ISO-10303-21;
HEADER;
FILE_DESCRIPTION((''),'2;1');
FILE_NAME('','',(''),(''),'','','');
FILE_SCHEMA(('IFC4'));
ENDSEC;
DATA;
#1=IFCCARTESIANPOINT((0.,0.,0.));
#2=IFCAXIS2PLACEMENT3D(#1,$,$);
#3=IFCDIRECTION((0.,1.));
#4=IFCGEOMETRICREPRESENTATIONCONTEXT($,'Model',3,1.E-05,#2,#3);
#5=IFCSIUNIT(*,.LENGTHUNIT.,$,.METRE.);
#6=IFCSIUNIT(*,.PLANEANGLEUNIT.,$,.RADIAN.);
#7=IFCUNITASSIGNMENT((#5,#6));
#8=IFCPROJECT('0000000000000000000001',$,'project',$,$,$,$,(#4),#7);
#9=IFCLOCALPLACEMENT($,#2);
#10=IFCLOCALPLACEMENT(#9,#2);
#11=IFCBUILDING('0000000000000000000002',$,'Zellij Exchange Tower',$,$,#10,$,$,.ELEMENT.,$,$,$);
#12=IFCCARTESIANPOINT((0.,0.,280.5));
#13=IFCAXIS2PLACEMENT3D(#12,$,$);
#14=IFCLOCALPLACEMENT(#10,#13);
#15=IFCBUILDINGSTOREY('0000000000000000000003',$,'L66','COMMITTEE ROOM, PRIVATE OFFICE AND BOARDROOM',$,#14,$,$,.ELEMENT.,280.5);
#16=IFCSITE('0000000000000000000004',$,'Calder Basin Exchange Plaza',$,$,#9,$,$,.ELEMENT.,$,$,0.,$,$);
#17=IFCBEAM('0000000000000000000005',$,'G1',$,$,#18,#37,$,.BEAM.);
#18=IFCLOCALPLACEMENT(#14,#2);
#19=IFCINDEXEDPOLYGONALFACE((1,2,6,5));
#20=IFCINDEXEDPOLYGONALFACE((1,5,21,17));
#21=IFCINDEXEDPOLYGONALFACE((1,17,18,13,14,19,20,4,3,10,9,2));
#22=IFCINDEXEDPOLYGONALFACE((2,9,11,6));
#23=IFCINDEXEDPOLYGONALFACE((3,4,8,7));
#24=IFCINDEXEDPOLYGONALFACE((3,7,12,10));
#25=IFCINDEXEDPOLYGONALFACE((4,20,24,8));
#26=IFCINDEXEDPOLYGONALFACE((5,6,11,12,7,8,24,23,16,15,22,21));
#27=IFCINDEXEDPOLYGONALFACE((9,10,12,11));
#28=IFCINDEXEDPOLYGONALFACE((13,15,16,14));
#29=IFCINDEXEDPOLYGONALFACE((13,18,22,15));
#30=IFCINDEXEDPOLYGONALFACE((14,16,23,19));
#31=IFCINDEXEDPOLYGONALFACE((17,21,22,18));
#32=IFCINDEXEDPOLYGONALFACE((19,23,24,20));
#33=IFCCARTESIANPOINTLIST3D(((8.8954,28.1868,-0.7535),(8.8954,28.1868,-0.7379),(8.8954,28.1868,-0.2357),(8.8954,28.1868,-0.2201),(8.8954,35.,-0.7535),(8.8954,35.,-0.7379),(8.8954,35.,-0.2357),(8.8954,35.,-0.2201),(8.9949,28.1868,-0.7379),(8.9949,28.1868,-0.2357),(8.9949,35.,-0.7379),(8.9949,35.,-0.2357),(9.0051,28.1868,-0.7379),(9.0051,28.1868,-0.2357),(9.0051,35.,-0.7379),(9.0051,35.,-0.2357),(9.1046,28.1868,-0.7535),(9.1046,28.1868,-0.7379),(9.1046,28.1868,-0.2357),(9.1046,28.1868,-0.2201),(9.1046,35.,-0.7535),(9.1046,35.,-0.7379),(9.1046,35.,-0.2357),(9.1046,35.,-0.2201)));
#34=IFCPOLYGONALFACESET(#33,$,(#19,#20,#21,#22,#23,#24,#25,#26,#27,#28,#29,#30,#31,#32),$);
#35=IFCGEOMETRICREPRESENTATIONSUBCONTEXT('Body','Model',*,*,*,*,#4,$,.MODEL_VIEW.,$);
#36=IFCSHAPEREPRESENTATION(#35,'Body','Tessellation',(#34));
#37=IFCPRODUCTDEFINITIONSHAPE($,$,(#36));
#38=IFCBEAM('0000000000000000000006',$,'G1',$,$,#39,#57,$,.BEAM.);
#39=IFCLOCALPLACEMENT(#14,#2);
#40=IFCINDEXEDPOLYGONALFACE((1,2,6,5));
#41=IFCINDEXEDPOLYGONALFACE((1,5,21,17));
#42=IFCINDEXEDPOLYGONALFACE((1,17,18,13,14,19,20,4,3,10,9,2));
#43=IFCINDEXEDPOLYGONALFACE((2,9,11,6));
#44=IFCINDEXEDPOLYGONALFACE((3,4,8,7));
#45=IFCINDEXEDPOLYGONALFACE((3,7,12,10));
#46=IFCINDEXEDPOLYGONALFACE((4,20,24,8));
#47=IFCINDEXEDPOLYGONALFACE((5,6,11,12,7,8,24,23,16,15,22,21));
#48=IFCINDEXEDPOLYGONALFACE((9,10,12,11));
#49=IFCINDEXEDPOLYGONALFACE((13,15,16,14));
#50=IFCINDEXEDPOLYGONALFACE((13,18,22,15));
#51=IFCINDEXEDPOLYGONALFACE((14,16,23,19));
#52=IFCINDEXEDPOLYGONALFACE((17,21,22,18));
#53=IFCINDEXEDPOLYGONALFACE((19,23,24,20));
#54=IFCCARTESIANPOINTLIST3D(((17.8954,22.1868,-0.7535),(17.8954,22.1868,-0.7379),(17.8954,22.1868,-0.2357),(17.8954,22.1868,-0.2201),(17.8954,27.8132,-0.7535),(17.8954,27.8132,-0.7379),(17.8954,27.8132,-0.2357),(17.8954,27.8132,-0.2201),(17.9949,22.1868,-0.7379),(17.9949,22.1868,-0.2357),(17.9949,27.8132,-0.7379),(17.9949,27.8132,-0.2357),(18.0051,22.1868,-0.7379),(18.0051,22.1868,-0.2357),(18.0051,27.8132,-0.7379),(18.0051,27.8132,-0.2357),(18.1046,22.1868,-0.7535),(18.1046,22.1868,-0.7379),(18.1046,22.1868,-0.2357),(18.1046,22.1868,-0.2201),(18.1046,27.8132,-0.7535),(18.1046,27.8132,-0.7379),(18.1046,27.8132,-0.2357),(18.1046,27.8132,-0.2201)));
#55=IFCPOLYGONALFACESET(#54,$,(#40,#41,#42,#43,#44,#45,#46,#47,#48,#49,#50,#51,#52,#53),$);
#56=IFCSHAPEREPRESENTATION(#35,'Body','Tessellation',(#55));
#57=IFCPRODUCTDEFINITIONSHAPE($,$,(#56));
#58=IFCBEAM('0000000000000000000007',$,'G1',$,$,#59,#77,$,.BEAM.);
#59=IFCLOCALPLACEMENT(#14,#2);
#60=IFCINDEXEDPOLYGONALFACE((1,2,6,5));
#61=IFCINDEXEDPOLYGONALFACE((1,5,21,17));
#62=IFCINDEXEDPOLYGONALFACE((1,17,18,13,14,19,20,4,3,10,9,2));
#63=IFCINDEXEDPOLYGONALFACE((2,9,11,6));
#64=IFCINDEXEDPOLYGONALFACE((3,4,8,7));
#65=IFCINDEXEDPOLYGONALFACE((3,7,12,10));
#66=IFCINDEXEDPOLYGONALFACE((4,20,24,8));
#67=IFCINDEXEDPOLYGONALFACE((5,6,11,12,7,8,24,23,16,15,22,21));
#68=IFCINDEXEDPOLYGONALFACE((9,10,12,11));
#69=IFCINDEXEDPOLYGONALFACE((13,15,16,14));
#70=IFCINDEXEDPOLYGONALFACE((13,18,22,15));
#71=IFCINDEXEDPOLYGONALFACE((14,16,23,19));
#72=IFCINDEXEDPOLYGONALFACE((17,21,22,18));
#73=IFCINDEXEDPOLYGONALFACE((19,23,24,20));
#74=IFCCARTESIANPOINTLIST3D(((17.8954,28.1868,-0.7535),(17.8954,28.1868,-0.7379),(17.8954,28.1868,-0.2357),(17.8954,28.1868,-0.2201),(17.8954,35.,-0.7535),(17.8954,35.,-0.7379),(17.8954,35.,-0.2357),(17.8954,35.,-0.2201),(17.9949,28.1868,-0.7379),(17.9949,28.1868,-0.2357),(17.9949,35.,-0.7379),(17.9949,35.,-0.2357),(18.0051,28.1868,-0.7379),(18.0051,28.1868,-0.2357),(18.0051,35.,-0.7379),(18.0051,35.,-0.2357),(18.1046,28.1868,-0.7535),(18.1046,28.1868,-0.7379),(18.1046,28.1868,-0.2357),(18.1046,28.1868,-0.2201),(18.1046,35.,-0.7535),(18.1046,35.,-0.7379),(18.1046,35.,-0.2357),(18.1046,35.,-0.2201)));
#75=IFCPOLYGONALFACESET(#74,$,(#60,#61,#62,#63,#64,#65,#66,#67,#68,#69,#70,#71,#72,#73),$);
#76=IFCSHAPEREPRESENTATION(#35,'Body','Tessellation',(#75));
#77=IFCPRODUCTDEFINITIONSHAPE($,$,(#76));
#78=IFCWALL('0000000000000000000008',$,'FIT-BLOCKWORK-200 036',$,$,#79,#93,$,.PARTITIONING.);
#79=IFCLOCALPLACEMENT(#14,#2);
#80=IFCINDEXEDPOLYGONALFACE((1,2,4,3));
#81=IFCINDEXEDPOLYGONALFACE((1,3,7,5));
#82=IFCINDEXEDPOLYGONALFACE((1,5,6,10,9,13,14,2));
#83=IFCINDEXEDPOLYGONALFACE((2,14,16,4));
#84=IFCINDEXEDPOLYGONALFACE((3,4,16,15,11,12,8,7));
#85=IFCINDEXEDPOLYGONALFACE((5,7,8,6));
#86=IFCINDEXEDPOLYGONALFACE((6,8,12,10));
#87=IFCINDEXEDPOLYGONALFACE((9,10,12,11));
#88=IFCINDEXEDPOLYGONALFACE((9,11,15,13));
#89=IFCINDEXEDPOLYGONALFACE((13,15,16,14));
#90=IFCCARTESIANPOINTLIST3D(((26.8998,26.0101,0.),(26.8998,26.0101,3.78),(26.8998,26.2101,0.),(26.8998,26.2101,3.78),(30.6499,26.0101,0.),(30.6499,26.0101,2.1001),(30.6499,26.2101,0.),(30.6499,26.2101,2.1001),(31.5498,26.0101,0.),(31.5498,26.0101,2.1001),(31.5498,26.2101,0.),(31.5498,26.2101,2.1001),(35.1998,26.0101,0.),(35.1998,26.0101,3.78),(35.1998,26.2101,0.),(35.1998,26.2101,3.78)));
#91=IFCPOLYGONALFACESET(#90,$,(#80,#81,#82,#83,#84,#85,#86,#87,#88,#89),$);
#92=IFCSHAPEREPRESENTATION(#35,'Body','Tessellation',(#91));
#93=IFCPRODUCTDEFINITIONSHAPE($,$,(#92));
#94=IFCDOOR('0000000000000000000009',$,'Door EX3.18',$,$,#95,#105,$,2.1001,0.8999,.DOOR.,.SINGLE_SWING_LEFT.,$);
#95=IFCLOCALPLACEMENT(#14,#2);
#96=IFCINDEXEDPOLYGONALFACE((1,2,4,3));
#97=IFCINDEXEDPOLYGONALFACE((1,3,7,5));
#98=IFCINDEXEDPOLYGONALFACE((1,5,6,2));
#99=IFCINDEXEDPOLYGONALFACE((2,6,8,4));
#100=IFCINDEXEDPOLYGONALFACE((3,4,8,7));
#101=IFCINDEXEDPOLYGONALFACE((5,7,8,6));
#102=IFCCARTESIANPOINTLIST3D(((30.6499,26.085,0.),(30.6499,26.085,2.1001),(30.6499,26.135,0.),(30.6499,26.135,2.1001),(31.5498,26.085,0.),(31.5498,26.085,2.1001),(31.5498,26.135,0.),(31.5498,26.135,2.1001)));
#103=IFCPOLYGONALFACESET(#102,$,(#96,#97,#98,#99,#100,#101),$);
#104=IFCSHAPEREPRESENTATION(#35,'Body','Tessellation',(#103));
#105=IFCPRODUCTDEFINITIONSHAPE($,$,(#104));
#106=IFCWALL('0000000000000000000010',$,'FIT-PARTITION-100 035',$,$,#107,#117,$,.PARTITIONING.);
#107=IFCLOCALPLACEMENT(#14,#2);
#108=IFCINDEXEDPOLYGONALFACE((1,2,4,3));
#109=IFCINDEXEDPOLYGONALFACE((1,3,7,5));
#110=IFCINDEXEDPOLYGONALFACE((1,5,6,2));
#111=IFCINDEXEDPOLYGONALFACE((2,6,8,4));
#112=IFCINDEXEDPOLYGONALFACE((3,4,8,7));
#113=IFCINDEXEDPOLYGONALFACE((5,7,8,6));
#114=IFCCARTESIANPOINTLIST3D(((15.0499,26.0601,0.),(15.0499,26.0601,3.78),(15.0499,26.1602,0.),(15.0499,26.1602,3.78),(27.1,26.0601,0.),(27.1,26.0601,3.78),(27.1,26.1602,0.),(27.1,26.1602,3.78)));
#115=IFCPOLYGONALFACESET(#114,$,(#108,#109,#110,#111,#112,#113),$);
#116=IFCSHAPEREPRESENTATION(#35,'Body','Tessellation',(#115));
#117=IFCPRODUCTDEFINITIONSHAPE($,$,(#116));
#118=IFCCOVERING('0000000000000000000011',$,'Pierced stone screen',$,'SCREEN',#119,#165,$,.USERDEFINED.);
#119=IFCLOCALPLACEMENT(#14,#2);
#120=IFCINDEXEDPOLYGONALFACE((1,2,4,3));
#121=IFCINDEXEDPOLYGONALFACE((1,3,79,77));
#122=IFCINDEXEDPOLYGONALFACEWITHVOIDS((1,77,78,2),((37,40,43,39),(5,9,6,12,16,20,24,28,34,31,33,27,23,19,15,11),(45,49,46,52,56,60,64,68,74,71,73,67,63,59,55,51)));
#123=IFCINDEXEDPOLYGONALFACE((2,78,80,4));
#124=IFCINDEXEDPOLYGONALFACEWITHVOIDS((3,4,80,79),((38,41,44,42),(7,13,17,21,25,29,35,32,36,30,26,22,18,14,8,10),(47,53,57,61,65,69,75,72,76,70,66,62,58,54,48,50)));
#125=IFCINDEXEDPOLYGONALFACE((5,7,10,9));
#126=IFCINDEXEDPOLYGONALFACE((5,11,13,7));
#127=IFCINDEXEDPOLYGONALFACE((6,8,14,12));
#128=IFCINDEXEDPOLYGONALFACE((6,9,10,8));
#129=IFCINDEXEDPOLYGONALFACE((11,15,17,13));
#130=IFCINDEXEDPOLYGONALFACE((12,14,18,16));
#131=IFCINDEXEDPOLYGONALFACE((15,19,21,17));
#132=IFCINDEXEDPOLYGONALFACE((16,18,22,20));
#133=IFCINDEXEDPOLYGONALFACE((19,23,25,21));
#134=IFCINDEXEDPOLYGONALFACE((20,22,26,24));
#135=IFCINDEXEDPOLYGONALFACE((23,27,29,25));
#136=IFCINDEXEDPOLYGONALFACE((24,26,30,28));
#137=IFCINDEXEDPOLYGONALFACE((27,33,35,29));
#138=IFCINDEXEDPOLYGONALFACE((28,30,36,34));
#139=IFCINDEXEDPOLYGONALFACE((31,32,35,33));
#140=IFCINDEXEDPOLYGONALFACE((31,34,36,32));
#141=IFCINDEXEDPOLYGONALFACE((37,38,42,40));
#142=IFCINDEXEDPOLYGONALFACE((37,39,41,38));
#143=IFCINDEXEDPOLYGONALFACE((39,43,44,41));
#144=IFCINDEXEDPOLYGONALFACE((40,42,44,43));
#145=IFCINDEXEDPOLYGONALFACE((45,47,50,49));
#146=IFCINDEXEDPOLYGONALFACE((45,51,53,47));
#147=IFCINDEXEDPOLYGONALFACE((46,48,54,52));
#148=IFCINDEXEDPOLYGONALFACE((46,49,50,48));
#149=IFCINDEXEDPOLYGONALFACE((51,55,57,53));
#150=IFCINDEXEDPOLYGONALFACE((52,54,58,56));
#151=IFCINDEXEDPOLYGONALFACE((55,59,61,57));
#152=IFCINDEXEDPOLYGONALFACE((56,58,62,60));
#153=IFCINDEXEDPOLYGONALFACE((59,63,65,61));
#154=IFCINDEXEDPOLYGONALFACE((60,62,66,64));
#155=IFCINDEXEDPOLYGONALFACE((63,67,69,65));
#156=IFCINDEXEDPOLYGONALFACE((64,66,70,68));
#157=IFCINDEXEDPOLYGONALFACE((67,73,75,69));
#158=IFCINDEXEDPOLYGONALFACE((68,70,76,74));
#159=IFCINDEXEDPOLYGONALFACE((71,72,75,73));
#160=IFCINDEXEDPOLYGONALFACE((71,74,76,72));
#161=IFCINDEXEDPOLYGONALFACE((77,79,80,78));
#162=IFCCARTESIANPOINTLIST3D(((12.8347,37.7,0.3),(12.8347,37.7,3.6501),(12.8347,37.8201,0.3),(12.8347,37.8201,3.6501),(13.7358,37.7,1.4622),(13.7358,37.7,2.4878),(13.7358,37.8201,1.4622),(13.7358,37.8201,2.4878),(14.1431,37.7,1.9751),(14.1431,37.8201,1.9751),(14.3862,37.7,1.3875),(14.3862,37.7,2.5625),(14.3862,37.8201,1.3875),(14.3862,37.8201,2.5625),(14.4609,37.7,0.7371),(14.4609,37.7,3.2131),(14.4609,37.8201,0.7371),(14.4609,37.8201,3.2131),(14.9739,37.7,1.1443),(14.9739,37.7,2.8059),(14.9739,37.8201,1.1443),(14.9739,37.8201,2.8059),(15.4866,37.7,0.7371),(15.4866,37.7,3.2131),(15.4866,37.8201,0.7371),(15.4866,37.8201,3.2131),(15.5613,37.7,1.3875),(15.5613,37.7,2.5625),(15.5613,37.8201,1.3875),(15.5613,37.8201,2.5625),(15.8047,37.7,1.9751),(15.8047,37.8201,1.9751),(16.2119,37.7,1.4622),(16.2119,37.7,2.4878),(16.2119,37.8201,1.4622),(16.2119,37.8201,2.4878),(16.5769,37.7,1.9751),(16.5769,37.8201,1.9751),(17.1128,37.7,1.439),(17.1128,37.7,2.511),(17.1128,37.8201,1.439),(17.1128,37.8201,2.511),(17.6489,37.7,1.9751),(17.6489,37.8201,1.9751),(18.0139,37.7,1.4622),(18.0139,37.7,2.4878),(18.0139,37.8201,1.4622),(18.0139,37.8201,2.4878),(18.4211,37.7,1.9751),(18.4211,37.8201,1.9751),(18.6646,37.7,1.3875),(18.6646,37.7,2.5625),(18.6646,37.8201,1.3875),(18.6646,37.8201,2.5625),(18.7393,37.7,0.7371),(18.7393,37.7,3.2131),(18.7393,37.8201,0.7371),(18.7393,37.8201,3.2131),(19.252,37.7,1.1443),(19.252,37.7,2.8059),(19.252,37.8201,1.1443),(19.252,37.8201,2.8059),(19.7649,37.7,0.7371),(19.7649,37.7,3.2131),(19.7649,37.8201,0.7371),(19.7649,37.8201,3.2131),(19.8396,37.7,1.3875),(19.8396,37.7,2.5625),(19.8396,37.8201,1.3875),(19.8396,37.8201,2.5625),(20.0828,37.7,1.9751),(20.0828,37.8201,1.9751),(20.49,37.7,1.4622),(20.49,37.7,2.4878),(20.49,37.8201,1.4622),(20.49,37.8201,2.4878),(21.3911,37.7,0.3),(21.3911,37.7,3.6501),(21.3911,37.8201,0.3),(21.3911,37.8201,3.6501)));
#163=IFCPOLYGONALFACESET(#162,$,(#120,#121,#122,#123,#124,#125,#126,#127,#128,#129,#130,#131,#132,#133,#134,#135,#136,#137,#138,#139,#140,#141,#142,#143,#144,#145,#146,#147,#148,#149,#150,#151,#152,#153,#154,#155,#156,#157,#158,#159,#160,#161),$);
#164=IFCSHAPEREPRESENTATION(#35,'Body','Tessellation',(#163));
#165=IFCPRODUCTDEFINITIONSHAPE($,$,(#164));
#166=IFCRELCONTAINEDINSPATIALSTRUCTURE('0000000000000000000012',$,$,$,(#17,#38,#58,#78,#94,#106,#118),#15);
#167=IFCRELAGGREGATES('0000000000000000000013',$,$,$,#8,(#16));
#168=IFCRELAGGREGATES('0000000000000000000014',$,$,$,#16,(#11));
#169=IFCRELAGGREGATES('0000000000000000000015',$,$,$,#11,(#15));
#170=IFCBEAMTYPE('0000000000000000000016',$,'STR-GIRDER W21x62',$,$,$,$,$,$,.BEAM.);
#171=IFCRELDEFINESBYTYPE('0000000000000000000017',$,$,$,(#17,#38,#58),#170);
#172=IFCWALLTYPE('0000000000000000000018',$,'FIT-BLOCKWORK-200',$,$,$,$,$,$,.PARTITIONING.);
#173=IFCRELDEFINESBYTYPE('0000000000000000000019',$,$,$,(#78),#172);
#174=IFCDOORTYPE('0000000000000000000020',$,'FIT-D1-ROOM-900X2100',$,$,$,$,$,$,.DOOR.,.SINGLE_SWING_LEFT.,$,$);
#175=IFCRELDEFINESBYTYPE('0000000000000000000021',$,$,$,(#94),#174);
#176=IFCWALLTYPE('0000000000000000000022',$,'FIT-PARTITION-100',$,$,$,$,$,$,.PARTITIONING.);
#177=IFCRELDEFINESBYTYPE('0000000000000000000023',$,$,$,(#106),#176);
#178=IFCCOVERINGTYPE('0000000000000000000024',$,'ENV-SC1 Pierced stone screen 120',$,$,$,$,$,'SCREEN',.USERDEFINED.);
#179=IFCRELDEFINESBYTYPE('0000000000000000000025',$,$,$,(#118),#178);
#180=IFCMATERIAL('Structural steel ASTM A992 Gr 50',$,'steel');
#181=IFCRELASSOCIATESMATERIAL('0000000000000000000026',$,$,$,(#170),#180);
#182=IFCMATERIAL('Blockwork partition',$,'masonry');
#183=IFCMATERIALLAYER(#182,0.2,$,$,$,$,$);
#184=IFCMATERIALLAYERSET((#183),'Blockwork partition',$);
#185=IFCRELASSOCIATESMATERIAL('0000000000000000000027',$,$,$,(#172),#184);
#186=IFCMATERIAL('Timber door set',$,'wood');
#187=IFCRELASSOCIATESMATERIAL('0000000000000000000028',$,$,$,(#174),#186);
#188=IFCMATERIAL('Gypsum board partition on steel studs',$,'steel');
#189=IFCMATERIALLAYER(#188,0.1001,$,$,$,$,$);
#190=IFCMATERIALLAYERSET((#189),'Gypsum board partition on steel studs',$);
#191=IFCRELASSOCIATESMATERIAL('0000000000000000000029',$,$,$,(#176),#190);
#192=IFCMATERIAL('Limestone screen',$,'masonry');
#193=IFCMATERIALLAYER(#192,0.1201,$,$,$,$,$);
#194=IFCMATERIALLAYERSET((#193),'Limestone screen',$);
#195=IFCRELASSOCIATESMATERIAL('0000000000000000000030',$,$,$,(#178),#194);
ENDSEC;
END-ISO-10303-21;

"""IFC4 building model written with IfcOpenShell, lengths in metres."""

from ifc_helpers import new_model, si_unit, direction, frame, frame_2d, origin, origin_2d, place, context, subcontext, project, spatial, polyline, rectangle, i_section, outline, extrude, material, layer, layer_set, material_profile, profile_set, type_object, element, fill, save


model = new_model("IFC4")

# Units and contexts
model_context = context("Model", 3, precision=1e-05, world=origin(), true_north=direction((0.0, 1.0)))
body_context = subcontext(model_context, "Body", "Model", "MODEL_VIEW")
ifc_project = project(units=[si_unit("LENGTHUNIT", "METRE"), si_unit("PLANEANGLEUNIT", "RADIAN")], contexts=[model_context])

# Site, building, storey
site_placement = place(None, origin())
site = spatial("IfcSite", under=ifc_project, at=site_placement, Name="Calder Basin Exchange Plaza", CompositionType="ELEMENT", RefElevation=0.0)
building_placement = place(site_placement, origin())
building = spatial("IfcBuilding", under=site, at=building_placement, Name="Zellij Exchange Tower", CompositionType="ELEMENT")
storey_placement = place(building_placement, frame((0.0, 0.0, 280.5)))
storey = spatial("IfcBuildingStorey", under=building, at=storey_placement, Name="L66", Description="COMMITTEE ROOM, PRIVATE OFFICE AND BOARDROOM", CompositionType="ELEMENT", Elevation=280.5)

# Shared definitions
ifc_material_1 = material(Name="Structural steel ASTM A992 Gr 50", Category="steel")

# Beams
ifc_material_profile_1 = material_profile(ifc_material_1, i_section(OverallWidth=0.2092, OverallDepth=0.5334, WebThickness=0.0103, FlangeThickness=0.0156, at=origin_2d()), Name="W21x62")
ifc_profile_set_1 = profile_set([ifc_material_profile_1], Name="Structural steel ASTM A992 Gr 50")
beam_type = type_object("IfcBeamType", Name="STR-GIRDER W21x62", PredefinedType="BEAM", material=ifc_profile_set_1)
beam_1_placement = place(storey_placement, frame((9.0, 28.1868, -0.4868), z_axis=(0.0, 1.0, 0.0), x_axis=(-1.0, 0.0, 0.0)))
element("IfcBeam", 1, at=beam_1_placement, inside=storey, type_object=beam_type, Name="G1", PredefinedType="BEAM", context=body_context, shape_type="SweptSolid", body=[
    extrude(i_section(OverallWidth=0.2092, OverallDepth=0.5334, WebThickness=0.0103, FlangeThickness=0.0156, at=origin_2d()), origin(), (0.0, 0.0, 1.0), 6.8132),
])
beam_2_placement = place(storey_placement, frame((18.0, 22.1868, -0.4868), z_axis=(0.0, 1.0, 0.0), x_axis=(-1.0, 0.0, 0.0)))
element("IfcBeam", 2, at=beam_2_placement, inside=storey, type_object=beam_type, Name="G1", PredefinedType="BEAM", context=body_context, shape_type="SweptSolid", body=[
    extrude(i_section(OverallWidth=0.2092, OverallDepth=0.5334, WebThickness=0.0103, FlangeThickness=0.0156, at=origin_2d()), origin(), (0.0, 0.0, 1.0), 5.6265),
])
beam_3_placement = place(storey_placement, frame((18.0, 28.1868, -0.4868), z_axis=(0.0, 1.0, 0.0), x_axis=(-1.0, 0.0, 0.0)))
element("IfcBeam", 3, at=beam_3_placement, inside=storey, type_object=beam_type, Name="G1", PredefinedType="BEAM", context=body_context, shape_type="SweptSolid", body=[
    extrude(i_section(OverallWidth=0.2092, OverallDepth=0.5334, WebThickness=0.0103, FlangeThickness=0.0156, at=origin_2d()), origin(), (0.0, 0.0, 1.0), 6.8132),
])

# Wall, opening, door
ifc_material_2 = material(Name="Blockwork partition", Category="masonry")
ifc_layer_1 = layer(ifc_material_2, 0.2)
ifc_layer_set_1 = layer_set([ifc_layer_1], Name="Blockwork partition")
wall_type_1 = type_object("IfcWallType", Name="FIT-BLOCKWORK-200", PredefinedType="PARTITIONING", material=ifc_layer_set_1)
wall_1_placement = place(storey_placement, frame((26.8999, 26.1101, 0.0), z_axis=(0.0, 0.0, 1.0), x_axis=(1.0, 0.0, 0.0)))
wall_1 = element("IfcWall", 4, at=wall_1_placement, inside=storey, type_object=wall_type_1, Name="FIT-BLOCKWORK-200 036", PredefinedType="PARTITIONING", context=body_context, shape_type="SweptSolid", body=[
    extrude(rectangle(XDim=8.3, YDim=0.2, at=frame_2d((4.1499, 0.0))), origin(), (0.0, 0.0, 1.0), 3.78),
])
opening_placement = place(wall_1_placement, frame((3.75, 0.0, 0.0)))
opening = element("IfcOpeningElement", 5, at=opening_placement, cuts=wall_1, PredefinedType="OPENING", context=body_context, shape_type="SweptSolid", body=[
    extrude(rectangle(XDim=0.8999, YDim=2.1001, at=frame_2d((0.45, 1.05))), frame((0.0, 0.1118, 0.0), z_axis=(0.0, -1.0, 0.0), x_axis=(1.0, 0.0, 0.0)), (0.0, 0.0, 1.0), 0.2239),
])
ifc_material_3 = material(Name="Timber door set", Category="wood")
door_type = type_object("IfcDoorType", Name="FIT-D1-ROOM-900X2100", OperationType="SINGLE_SWING_LEFT", PredefinedType="DOOR", material=ifc_material_3)
door_placement = place(opening_placement, origin())
door = element("IfcDoor", 6, at=door_placement, inside=storey, type_object=door_type, Name="Door EX3.18", OperationType="SINGLE_SWING_LEFT", OverallHeight=2.1001, OverallWidth=0.8999, PredefinedType="DOOR", context=body_context, shape_type="SweptSolid", body=[
    extrude(rectangle(XDim=0.8999, YDim=2.1001, at=frame_2d((0.45, 1.05))), frame((0.0, 0.0249, 0.0), z_axis=(0.0, -1.0, 0.0), x_axis=(1.0, 0.0, 0.0)), (0.0, 0.0, 1.0), 0.05),
])
fill(opening, door)

# Wall
ifc_material_4 = material(Name="Gypsum board partition on steel studs", Category="steel")
ifc_layer_2 = layer(ifc_material_4, 0.1001)
ifc_layer_set_2 = layer_set([ifc_layer_2], Name="Gypsum board partition on steel studs")
wall_type_2 = type_object("IfcWallType", Name="FIT-PARTITION-100", PredefinedType="PARTITIONING", material=ifc_layer_set_2)
wall_2_placement = place(storey_placement, frame((15.05, 26.1101, 0.0), z_axis=(0.0, 0.0, 1.0), x_axis=(1.0, 0.0, 0.0)))
element("IfcWall", 7, at=wall_2_placement, inside=storey, type_object=wall_type_2, Name="FIT-PARTITION-100 035", PredefinedType="PARTITIONING", context=body_context, shape_type="SweptSolid", body=[
    extrude(rectangle(XDim=12.05, YDim=0.1001, at=frame_2d((6.0249, 0.0))), origin(), (0.0, 0.0, 1.0), 3.78),
])

# Covering
ifc_material_5 = material(Name="Limestone screen", Category="masonry")
ifc_layer_3 = layer(ifc_material_5, 0.1201)
ifc_layer_set_3 = layer_set([ifc_layer_3], Name="Limestone screen")
covering_type = type_object("IfcCoveringType", Name="ENV-SC1 Pierced stone screen 120", ElementType="SCREEN", PredefinedType="USERDEFINED", material=ifc_layer_set_3)
for number, where, z_axis, x_axis, name in (
    (8, (21.3911, 37.76, 0.3), (0.0, 0.0, 1.0), (-1.0, 0.0, 0.0), "Pierced stone screen"),
):
    element("IfcCovering", number, at=place(storey_placement, frame(where, z_axis=z_axis, x_axis=x_axis)), inside=storey, type_object=covering_type, Name=name, ObjectType="SCREEN", PredefinedType="USERDEFINED", context=body_context, shape_type="SweptSolid", body=[
        extrude(outline(polyline([(0.0, 0.0), (8.5564, 0.0), (8.5564, 3.3501), (0.0, 3.3501), (0.0, 0.0)]), holes=[polyline([(3.3772, 2.1877), (2.7266, 2.2625), (2.6519, 2.9131), (2.1392, 2.5059), (1.6262, 2.9131), (1.5515, 2.2625), (0.9011, 2.1877), (1.3083, 1.675), (0.9011, 1.1621), (1.5515, 1.0874), (1.6262, 0.437), (2.1392, 0.8442), (2.6519, 0.437), (2.7266, 1.0874), (3.3772, 1.1621), (2.97, 1.675), (3.3772, 2.1877)]), polyline([(7.6553, 2.1877), (7.0049, 2.2625), (6.9302, 2.9131), (6.4172, 2.5059), (5.9045, 2.9131), (5.8298, 2.2625), (5.1792, 2.1877), (5.5864, 1.675), (5.1792, 1.1621), (5.8298, 1.0874), (5.9045, 0.437), (6.4172, 0.8442), (6.9302, 0.437), (7.0049, 1.0874), (7.6553, 1.1621), (7.248, 1.675), (7.6553, 2.1877)]), polyline([(4.8142, 1.675), (4.2783, 2.2109), (3.7422, 1.675), (4.2783, 1.1389), (4.8142, 1.675)])]), frame((0.0, 0.0601, 0.0), z_axis=(0.0, -1.0, 0.0), x_axis=(1.0, 0.0, 0.0)), (0.0, 0.0, 1.0), 0.1201),
    ])

save(model, "model.ifc")
